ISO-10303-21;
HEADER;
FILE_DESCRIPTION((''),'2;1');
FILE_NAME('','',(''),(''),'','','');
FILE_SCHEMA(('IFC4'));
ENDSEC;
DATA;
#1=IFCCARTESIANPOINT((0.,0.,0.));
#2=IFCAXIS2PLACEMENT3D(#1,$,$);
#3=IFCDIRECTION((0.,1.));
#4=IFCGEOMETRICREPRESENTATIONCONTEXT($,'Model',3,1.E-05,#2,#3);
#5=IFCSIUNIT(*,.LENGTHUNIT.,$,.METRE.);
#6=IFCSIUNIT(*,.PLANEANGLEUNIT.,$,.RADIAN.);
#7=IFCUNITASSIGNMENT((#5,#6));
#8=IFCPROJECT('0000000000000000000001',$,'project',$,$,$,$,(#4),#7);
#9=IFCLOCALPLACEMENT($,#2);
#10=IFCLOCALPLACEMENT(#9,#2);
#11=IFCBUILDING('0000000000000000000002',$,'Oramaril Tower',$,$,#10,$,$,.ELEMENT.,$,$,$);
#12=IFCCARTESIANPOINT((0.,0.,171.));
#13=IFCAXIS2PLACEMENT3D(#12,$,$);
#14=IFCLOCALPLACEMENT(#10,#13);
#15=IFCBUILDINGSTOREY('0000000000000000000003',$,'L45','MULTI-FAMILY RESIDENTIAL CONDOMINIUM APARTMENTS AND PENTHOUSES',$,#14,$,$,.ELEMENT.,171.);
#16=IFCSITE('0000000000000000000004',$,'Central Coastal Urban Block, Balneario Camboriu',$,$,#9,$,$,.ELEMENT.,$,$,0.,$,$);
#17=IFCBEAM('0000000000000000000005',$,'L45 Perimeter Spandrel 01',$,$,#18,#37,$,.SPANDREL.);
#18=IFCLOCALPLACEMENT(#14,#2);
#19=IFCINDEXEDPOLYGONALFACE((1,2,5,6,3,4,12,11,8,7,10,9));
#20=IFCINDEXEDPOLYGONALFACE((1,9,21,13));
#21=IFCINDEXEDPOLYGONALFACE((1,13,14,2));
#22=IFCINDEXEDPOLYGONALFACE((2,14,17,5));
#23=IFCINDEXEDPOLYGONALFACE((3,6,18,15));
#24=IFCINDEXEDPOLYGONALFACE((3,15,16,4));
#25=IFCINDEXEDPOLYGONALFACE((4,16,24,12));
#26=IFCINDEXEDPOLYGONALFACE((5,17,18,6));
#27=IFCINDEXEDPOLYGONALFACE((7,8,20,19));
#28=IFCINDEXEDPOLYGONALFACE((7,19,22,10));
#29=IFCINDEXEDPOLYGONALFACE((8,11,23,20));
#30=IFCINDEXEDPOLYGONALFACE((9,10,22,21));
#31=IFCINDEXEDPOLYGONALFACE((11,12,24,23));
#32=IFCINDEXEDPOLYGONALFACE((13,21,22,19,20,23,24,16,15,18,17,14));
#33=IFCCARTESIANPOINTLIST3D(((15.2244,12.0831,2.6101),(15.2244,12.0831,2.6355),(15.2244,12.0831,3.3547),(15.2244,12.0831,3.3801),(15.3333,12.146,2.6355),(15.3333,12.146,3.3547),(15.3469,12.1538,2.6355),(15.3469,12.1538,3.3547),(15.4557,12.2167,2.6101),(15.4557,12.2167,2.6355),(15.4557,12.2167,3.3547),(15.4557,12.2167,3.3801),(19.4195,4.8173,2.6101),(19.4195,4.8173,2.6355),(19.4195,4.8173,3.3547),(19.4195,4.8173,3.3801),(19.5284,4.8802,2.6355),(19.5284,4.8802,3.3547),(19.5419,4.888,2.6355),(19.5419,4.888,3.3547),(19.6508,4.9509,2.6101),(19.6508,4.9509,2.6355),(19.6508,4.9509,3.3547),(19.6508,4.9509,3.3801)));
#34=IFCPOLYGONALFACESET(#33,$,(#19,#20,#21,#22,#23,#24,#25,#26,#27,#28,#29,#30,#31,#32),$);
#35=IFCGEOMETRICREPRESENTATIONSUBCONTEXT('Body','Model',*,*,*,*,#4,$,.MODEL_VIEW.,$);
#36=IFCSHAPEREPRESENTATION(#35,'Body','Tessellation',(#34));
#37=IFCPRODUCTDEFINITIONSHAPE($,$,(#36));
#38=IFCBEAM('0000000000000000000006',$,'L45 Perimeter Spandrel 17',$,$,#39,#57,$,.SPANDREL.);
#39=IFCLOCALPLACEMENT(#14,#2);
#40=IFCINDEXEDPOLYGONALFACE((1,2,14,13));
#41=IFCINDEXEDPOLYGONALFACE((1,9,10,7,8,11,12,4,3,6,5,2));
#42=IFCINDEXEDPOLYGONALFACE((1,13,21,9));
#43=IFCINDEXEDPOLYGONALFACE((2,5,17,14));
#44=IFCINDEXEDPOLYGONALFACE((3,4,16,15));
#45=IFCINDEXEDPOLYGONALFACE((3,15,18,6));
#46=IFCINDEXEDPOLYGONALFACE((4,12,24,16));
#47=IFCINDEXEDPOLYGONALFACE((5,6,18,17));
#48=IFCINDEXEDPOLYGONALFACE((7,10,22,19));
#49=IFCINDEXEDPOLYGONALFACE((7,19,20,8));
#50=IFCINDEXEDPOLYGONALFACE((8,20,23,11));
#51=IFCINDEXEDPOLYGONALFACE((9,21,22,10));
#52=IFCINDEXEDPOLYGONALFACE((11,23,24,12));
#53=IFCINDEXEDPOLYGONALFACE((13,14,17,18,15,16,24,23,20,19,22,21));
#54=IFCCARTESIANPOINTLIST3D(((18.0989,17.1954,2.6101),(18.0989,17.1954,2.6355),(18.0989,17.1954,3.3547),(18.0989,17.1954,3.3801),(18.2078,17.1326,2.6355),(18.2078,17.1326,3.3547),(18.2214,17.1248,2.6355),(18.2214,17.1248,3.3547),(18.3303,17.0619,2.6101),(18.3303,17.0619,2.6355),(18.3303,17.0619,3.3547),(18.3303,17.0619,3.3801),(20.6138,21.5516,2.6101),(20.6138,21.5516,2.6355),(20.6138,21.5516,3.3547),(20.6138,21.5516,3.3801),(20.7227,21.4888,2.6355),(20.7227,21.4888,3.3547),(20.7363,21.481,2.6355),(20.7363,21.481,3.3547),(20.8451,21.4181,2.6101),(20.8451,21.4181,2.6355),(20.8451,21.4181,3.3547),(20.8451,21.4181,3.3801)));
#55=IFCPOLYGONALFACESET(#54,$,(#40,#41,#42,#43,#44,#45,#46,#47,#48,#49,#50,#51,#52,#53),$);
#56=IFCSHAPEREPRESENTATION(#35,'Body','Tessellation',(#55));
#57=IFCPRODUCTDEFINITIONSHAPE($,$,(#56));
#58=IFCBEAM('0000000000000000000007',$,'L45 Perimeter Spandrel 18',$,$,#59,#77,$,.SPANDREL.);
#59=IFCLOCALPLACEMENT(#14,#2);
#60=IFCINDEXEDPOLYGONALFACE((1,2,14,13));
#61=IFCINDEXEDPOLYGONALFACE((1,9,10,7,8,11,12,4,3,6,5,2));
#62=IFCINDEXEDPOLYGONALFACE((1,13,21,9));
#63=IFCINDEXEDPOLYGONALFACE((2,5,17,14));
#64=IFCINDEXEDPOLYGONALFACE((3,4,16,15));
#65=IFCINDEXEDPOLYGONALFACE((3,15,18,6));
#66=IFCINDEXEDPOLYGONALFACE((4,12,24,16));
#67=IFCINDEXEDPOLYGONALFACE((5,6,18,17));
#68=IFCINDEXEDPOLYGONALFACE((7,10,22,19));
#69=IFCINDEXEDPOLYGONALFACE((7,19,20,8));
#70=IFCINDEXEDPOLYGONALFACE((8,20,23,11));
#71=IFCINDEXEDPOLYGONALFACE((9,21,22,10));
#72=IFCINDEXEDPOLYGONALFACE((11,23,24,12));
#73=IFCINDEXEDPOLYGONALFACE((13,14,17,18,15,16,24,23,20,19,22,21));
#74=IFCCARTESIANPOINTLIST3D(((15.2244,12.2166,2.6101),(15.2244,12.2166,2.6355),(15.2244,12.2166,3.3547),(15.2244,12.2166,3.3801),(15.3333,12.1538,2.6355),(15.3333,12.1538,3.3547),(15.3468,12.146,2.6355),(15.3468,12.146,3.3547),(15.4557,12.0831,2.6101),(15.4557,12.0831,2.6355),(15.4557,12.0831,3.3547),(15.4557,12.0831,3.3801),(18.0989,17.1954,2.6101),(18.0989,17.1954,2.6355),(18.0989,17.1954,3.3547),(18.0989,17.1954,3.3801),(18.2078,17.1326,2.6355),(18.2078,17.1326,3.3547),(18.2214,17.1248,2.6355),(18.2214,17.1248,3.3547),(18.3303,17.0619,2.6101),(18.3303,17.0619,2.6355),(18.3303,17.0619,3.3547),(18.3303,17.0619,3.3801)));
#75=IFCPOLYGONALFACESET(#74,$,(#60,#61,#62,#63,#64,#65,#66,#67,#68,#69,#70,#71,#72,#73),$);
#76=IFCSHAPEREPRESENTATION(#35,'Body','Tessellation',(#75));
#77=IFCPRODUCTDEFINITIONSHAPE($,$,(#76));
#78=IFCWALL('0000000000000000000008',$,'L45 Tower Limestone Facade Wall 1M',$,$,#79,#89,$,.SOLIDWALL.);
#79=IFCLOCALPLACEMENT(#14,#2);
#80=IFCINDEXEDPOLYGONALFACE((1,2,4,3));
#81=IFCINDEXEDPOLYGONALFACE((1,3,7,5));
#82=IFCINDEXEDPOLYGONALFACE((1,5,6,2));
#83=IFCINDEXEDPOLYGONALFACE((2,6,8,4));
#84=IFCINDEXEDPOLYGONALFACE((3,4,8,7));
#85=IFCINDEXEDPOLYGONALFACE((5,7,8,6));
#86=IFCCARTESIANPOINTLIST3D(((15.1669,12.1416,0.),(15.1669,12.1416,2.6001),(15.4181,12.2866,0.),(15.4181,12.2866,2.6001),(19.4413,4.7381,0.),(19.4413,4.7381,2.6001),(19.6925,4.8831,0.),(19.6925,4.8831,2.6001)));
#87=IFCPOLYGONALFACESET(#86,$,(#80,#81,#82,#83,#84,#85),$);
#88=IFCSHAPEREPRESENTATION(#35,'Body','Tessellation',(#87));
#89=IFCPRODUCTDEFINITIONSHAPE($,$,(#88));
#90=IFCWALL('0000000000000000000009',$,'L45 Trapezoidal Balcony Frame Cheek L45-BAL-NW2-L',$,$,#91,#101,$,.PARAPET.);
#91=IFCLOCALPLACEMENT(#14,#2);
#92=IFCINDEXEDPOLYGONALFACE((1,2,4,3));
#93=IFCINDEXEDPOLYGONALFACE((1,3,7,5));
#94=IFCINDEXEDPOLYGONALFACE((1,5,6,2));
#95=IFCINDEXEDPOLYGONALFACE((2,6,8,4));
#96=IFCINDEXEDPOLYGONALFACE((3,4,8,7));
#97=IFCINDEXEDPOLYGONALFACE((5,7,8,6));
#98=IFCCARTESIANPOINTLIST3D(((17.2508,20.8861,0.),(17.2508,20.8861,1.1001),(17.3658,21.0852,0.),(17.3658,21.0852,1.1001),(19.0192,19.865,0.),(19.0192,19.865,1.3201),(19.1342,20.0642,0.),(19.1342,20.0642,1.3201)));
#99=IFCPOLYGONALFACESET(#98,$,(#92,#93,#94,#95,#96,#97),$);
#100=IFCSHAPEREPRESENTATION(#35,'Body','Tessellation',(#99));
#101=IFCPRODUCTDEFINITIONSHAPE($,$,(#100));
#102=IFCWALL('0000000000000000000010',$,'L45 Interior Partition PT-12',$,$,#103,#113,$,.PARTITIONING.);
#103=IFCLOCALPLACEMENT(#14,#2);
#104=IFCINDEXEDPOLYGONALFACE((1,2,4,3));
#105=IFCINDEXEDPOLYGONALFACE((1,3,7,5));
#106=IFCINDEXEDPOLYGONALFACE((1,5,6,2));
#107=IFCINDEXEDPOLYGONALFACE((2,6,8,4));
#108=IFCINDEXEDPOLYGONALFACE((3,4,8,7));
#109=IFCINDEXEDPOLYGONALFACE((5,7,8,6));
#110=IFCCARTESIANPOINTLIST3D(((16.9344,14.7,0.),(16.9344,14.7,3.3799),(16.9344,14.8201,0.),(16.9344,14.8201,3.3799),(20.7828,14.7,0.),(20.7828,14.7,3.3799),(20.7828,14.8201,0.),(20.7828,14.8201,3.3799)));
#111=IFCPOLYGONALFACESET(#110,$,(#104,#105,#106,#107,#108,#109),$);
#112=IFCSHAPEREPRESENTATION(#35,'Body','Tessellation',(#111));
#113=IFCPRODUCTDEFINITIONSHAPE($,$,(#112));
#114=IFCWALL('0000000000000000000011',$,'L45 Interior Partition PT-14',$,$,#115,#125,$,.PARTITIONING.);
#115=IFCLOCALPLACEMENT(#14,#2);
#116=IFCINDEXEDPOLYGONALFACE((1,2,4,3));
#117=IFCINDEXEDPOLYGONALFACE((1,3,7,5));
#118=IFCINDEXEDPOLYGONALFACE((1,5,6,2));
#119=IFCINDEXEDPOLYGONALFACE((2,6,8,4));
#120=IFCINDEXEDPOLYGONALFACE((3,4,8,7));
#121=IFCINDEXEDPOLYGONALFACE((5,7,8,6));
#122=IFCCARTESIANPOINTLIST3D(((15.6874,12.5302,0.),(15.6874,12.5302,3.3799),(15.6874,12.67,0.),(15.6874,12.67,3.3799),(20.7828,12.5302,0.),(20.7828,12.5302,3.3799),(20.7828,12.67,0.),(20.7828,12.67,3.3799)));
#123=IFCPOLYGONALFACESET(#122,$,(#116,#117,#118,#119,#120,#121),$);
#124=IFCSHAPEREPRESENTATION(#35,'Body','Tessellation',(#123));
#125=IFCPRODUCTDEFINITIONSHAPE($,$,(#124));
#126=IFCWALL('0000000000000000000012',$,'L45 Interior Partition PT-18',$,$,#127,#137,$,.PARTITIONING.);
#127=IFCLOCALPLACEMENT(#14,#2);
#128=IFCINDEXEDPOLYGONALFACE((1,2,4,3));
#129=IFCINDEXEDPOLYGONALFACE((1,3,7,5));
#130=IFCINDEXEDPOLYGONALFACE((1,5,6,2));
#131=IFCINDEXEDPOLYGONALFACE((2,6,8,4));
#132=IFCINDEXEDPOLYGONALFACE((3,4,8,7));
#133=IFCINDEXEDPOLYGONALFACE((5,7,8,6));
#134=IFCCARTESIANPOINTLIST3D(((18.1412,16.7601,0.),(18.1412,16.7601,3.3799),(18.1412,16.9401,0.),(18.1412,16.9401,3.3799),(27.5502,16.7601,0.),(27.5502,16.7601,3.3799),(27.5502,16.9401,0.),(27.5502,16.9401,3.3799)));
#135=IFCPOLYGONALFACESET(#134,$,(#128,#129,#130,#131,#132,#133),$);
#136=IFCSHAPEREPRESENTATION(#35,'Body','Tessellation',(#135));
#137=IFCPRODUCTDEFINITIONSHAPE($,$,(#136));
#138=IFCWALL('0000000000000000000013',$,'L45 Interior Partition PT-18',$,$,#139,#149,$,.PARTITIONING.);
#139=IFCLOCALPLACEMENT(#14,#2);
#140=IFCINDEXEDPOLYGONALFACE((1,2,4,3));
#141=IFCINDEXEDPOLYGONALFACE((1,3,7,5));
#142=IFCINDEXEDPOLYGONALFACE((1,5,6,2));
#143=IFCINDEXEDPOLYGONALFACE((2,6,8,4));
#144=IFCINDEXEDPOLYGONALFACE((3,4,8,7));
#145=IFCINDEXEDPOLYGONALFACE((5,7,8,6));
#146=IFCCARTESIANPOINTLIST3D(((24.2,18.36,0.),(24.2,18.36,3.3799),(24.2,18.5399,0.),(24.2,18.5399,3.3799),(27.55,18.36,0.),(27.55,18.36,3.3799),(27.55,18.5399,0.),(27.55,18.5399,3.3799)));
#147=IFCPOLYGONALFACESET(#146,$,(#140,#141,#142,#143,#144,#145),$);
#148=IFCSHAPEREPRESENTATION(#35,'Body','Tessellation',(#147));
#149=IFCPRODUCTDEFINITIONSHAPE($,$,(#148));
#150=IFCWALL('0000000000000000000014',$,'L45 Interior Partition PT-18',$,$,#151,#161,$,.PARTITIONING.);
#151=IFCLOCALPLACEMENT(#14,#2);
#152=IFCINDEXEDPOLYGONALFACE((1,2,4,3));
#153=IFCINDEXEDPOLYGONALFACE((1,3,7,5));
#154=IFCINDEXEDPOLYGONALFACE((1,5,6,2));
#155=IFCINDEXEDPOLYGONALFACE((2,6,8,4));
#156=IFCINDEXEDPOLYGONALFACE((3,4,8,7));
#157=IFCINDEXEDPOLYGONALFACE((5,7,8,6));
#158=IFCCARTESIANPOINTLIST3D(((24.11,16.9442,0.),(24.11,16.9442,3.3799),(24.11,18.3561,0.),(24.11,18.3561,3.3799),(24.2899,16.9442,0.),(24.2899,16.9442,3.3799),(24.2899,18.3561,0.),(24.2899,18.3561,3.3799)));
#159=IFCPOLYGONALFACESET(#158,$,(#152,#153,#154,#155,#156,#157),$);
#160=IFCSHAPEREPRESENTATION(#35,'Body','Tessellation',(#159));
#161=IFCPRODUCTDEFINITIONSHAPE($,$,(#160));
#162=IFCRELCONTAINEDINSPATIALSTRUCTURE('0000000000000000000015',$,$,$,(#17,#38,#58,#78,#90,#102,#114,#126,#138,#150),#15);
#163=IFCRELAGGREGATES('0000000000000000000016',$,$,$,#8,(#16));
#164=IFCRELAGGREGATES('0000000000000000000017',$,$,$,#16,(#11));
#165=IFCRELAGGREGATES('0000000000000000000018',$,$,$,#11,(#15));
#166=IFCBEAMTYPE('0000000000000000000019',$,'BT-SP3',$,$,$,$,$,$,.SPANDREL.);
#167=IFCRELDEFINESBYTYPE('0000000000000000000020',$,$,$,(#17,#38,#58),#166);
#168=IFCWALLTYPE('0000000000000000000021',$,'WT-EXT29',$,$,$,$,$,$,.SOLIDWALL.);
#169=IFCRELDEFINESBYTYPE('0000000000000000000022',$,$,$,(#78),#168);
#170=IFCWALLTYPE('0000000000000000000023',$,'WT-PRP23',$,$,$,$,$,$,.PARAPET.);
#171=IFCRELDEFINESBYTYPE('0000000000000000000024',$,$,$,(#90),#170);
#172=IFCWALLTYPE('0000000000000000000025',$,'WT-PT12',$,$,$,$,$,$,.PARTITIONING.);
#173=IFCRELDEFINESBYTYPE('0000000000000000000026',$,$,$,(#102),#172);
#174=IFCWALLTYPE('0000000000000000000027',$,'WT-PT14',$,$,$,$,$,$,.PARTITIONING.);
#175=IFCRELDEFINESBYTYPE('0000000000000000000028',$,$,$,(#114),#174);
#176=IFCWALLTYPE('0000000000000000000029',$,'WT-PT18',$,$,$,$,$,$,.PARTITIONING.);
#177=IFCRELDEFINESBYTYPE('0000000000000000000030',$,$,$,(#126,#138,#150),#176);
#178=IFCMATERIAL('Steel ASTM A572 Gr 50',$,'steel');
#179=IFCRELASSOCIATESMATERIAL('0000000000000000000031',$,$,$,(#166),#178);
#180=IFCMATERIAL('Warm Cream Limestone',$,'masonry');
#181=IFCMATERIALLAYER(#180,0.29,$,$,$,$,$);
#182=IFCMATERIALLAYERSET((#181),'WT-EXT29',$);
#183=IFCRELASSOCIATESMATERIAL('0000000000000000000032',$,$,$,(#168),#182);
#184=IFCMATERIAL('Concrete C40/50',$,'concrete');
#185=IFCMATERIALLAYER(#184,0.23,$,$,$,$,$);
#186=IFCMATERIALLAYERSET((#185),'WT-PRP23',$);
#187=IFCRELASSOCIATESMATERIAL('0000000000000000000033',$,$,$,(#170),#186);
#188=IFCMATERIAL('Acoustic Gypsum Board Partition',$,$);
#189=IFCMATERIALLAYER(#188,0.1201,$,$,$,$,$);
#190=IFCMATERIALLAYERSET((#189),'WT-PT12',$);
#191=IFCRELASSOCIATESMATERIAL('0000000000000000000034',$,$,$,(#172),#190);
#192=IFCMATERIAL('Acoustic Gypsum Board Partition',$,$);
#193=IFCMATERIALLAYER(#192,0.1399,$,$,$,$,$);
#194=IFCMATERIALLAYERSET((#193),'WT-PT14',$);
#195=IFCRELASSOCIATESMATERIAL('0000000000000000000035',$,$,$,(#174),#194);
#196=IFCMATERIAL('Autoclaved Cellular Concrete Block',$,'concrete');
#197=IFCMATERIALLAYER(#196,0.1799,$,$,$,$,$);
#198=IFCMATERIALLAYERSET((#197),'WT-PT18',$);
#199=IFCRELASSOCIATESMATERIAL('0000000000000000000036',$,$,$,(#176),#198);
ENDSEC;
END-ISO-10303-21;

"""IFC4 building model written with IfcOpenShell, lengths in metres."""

from ifc_helpers import new_model, si_unit, direction, frame, frame_2d, origin, origin_2d, place, context, subcontext, project, spatial, polyline, rectangle, i_section, outline, extrude, material, layer, layer_set, material_profile, profile_set, type_object, element, save


model = new_model("IFC4")

# Units and contexts
model_context = context("Model", 3, precision=1e-05, world=origin(), true_north=direction((0.0, 1.0)))
body_context = subcontext(model_context, "Body", "Model", "MODEL_VIEW")
ifc_project = project(units=[si_unit("LENGTHUNIT", "METRE"), si_unit("PLANEANGLEUNIT", "RADIAN")], contexts=[model_context])

# Site, building, storey
site_placement = place(None, origin())
site = spatial("IfcSite", under=ifc_project, at=site_placement, Name="Central Coastal Urban Block, Balneario Camboriu", CompositionType="ELEMENT", RefElevation=0.0)
building_placement = place(site_placement, origin())
building = spatial("IfcBuilding", under=site, at=building_placement, Name="Oramaril Tower", CompositionType="ELEMENT")
storey_placement = place(building_placement, frame((0.0, 0.0, 171.0)))
storey = spatial("IfcBuildingStorey", under=building, at=storey_placement, Name="L45", Description="MULTI-FAMILY RESIDENTIAL CONDOMINIUM APARTMENTS AND PENTHOUSES", CompositionType="ELEMENT", Elevation=171.0)

# Beams
ifc_material_1 = material(Name="Steel ASTM A572 Gr 50", Category="steel")
ifc_material_profile_1 = material_profile(ifc_material_1, i_section(OverallWidth=0.2671, OverallDepth=0.77, WebThickness=0.0156, FlangeThickness=0.0254, at=origin_2d()), Name="W30X132")
ifc_profile_set_1 = profile_set([ifc_material_profile_1], Name="Steel ASTM A572 Gr 50")
beam_type_1 = type_object("IfcBeamType", Name="BT-SP3", PredefinedType="SPANDREL", material=ifc_profile_set_1)
beam_1_placement = place(storey_placement, frame((15.3401, 12.1499, 2.9951), z_axis=(0.50001, -0.866019, 0.0), x_axis=(0.866019, 0.50001, 0.0)))
element("IfcBeam", 1, at=beam_1_placement, inside=storey, type_object=beam_type_1, Name="L45 Perimeter Spandrel 01", PredefinedType="SPANDREL", context=body_context, shape_type="SweptSolid", body=[
    extrude(i_section(OverallWidth=0.2671, OverallDepth=0.77, WebThickness=0.0156, FlangeThickness=0.0254, at=origin_2d()), origin(), (0.0, 0.0, 1.0), 8.3899),
])
beam_2_placement = place(storey_placement, frame((20.7295, 21.4849, 2.9951), z_axis=(-0.499976, -0.866039, 0.0), x_axis=(0.866039, -0.499976, 0.0)))
element("IfcBeam", 2, at=beam_2_placement, inside=storey, type_object=beam_type_1, Name="L45 Perimeter Spandrel 17", PredefinedType="SPANDREL", context=body_context, shape_type="SweptSolid", body=[
    extrude(i_section(OverallWidth=0.2671, OverallDepth=0.77, WebThickness=0.0156, FlangeThickness=0.0254, at=origin_2d()), origin(), (0.0, 0.0, 1.0), 5.03),
])
beam_3_placement = place(storey_placement, frame((18.2146, 17.1287, 2.9951), z_axis=(-0.500003, -0.866024, 0.0), x_axis=(0.866024, -0.500003, 0.0)))
element("IfcBeam", 3, at=beam_3_placement, inside=storey, type_object=beam_type_1, Name="L45 Perimeter Spandrel 18", PredefinedType="SPANDREL", context=body_context, shape_type="SweptSolid", body=[
    extrude(i_section(OverallWidth=0.2671, OverallDepth=0.77, WebThickness=0.0156, FlangeThickness=0.0254, at=origin_2d()), origin(), (0.0, 0.0, 1.0), 5.749),
])

# Walls
ifc_material_2 = material(Name="Warm Cream Limestone", Category="masonry")
ifc_layer_1 = layer(ifc_material_2, 0.29)
ifc_layer_set_1 = layer_set([ifc_layer_1], Name="WT-EXT29")
wall_type_1 = type_object("IfcWallType", Name="WT-EXT29", PredefinedType="SOLIDWALL", material=ifc_layer_set_1)
wall_1_placement = place(storey_placement, frame((15.2925, 12.2141, 0.0), z_axis=(0.0, 0.0, 1.0), x_axis=(0.499997, -0.866027, 0.0)))
element("IfcWall", 4, at=wall_1_placement, inside=storey, type_object=wall_type_1, Name="L45 Tower Limestone Facade Wall 1M", PredefinedType="SOLIDWALL", context=body_context, shape_type="SweptSolid", body=[
    extrude(rectangle(XDim=8.5488, YDim=0.29, at=frame_2d((4.2744, 0.0))), origin(), (0.0, 0.0, 1.0), 2.6001),
])
ifc_material_3 = material(Name="Concrete C40/50", Category="concrete")
ifc_layer_2 = layer(ifc_material_3, 0.23)
ifc_layer_set_2 = layer_set([ifc_layer_2], Name="WT-PRP23")
wall_type_2 = type_object("IfcWallType", Name="WT-PRP23", PredefinedType="PARAPET", material=ifc_layer_set_2)
wall_2_placement = place(storey_placement, frame((19.0767, 19.9646, 0.0), z_axis=(0.0, 0.0, 1.0), x_axis=(-0.866012, 0.500023, 0.0)))
element("IfcWall", 5, at=wall_2_placement, inside=storey, type_object=wall_type_2, Name="L45 Trapezoidal Balcony Frame Cheek L45-BAL-NW2-L", PredefinedType="PARAPET", context=body_context, shape_type="SweptSolid", body=[
    extrude(outline(polyline([(0.0, 0.0), (2.042, 0.0), (2.042, 1.1001), (0.0, 1.3201), (0.0, 0.0)])), frame((0.0, 0.115, 0.0), z_axis=(0.0, -1.0, 0.0), x_axis=(1.0, 0.0, 0.0)), (0.0, 0.0, 1.0), 0.23),
])
ifc_material_4 = material(Name="Acoustic Gypsum Board Partition")
ifc_layer_3 = layer(ifc_material_4, 0.1201)
ifc_layer_set_3 = layer_set([ifc_layer_3], Name="WT-PT12")
wall_type_3 = type_object("IfcWallType", Name="WT-PT12", PredefinedType="PARTITIONING", material=ifc_layer_set_3)
wall_3_placement = place(storey_placement, frame((16.9343, 14.76, 0.0), z_axis=(0.0, 0.0, 1.0), x_axis=(1.0, 0.0, 0.0)))
element("IfcWall", 6, at=wall_3_placement, inside=storey, type_object=wall_type_3, Name="L45 Interior Partition PT-12", PredefinedType="PARTITIONING", context=body_context, shape_type="SweptSolid", body=[
    extrude(rectangle(XDim=3.8484, YDim=0.1201, at=frame_2d((1.9243, 0.0))), origin(), (0.0, 0.0, 1.0), 3.3799),
])
ifc_material_5 = material(Name="Acoustic Gypsum Board Partition")
ifc_layer_4 = layer(ifc_material_5, 0.1399)
ifc_layer_set_4 = layer_set([ifc_layer_4], Name="WT-PT14")
wall_type_4 = type_object("IfcWallType", Name="WT-PT14", PredefinedType="PARTITIONING", material=ifc_layer_set_4)
wall_4_placement = place(storey_placement, frame((15.6873, 12.6001, 0.0), z_axis=(0.0, 0.0, 1.0), x_axis=(1.0, 0.0, 0.0)))
element("IfcWall", 7, at=wall_4_placement, inside=storey, type_object=wall_type_4, Name="L45 Interior Partition PT-14", PredefinedType="PARTITIONING", context=body_context, shape_type="SweptSolid", body=[
    extrude(rectangle(XDim=5.0955, YDim=0.1399, at=frame_2d((2.5479, 0.0))), origin(), (0.0, 0.0, 1.0), 3.3799),
])
ifc_material_6 = material(Name="Autoclaved Cellular Concrete Block", Category="concrete")
ifc_layer_5 = layer(ifc_material_6, 0.1799)
ifc_layer_set_5 = layer_set([ifc_layer_5], Name="WT-PT18")
wall_type_5 = type_object("IfcWallType", Name="WT-PT18", PredefinedType="PARTITIONING", material=ifc_layer_set_5)
wall_5_placement = place(storey_placement, frame((18.1411, 16.8501, 0.0), z_axis=(0.0, 0.0, 1.0), x_axis=(1.0, 0.0, 0.0)))
element("IfcWall", 8, at=wall_5_placement, inside=storey, type_object=wall_type_5, Name="L45 Interior Partition PT-18", PredefinedType="PARTITIONING", context=body_context, shape_type="SweptSolid", body=[
    extrude(rectangle(XDim=9.4089, YDim=0.1799, at=frame_2d((4.7046, 0.0))), origin(), (0.0, 0.0, 1.0), 3.3799),
])
wall_6_placement = place(storey_placement, frame((24.2, 18.45, 0.0), z_axis=(0.0, 0.0, 1.0), x_axis=(1.0, 0.0, 0.0)))
element("IfcWall", 9, at=wall_6_placement, inside=storey, type_object=wall_type_5, Name="L45 Interior Partition PT-18", PredefinedType="PARTITIONING", context=body_context, shape_type="SweptSolid", body=[
    extrude(rectangle(XDim=3.3501, YDim=0.1799, at=frame_2d((1.675, 0.0))), origin(), (0.0, 0.0, 1.0), 3.3799),
])
wall_7_placement = place(storey_placement, frame((24.2, 16.9441, 0.0), z_axis=(0.0, 0.0, 1.0), x_axis=(0.0, 1.0, 0.0)))
element("IfcWall", 10, at=wall_7_placement, inside=storey, type_object=wall_type_5, Name="L45 Interior Partition PT-18", PredefinedType="PARTITIONING", context=body_context, shape_type="SweptSolid", body=[
    extrude(rectangle(XDim=1.4119, YDim=0.1799, at=frame_2d((0.7061, 0.0))), origin(), (0.0, 0.0, 1.0), 3.3799),
])

save(model, "model.ifc")
